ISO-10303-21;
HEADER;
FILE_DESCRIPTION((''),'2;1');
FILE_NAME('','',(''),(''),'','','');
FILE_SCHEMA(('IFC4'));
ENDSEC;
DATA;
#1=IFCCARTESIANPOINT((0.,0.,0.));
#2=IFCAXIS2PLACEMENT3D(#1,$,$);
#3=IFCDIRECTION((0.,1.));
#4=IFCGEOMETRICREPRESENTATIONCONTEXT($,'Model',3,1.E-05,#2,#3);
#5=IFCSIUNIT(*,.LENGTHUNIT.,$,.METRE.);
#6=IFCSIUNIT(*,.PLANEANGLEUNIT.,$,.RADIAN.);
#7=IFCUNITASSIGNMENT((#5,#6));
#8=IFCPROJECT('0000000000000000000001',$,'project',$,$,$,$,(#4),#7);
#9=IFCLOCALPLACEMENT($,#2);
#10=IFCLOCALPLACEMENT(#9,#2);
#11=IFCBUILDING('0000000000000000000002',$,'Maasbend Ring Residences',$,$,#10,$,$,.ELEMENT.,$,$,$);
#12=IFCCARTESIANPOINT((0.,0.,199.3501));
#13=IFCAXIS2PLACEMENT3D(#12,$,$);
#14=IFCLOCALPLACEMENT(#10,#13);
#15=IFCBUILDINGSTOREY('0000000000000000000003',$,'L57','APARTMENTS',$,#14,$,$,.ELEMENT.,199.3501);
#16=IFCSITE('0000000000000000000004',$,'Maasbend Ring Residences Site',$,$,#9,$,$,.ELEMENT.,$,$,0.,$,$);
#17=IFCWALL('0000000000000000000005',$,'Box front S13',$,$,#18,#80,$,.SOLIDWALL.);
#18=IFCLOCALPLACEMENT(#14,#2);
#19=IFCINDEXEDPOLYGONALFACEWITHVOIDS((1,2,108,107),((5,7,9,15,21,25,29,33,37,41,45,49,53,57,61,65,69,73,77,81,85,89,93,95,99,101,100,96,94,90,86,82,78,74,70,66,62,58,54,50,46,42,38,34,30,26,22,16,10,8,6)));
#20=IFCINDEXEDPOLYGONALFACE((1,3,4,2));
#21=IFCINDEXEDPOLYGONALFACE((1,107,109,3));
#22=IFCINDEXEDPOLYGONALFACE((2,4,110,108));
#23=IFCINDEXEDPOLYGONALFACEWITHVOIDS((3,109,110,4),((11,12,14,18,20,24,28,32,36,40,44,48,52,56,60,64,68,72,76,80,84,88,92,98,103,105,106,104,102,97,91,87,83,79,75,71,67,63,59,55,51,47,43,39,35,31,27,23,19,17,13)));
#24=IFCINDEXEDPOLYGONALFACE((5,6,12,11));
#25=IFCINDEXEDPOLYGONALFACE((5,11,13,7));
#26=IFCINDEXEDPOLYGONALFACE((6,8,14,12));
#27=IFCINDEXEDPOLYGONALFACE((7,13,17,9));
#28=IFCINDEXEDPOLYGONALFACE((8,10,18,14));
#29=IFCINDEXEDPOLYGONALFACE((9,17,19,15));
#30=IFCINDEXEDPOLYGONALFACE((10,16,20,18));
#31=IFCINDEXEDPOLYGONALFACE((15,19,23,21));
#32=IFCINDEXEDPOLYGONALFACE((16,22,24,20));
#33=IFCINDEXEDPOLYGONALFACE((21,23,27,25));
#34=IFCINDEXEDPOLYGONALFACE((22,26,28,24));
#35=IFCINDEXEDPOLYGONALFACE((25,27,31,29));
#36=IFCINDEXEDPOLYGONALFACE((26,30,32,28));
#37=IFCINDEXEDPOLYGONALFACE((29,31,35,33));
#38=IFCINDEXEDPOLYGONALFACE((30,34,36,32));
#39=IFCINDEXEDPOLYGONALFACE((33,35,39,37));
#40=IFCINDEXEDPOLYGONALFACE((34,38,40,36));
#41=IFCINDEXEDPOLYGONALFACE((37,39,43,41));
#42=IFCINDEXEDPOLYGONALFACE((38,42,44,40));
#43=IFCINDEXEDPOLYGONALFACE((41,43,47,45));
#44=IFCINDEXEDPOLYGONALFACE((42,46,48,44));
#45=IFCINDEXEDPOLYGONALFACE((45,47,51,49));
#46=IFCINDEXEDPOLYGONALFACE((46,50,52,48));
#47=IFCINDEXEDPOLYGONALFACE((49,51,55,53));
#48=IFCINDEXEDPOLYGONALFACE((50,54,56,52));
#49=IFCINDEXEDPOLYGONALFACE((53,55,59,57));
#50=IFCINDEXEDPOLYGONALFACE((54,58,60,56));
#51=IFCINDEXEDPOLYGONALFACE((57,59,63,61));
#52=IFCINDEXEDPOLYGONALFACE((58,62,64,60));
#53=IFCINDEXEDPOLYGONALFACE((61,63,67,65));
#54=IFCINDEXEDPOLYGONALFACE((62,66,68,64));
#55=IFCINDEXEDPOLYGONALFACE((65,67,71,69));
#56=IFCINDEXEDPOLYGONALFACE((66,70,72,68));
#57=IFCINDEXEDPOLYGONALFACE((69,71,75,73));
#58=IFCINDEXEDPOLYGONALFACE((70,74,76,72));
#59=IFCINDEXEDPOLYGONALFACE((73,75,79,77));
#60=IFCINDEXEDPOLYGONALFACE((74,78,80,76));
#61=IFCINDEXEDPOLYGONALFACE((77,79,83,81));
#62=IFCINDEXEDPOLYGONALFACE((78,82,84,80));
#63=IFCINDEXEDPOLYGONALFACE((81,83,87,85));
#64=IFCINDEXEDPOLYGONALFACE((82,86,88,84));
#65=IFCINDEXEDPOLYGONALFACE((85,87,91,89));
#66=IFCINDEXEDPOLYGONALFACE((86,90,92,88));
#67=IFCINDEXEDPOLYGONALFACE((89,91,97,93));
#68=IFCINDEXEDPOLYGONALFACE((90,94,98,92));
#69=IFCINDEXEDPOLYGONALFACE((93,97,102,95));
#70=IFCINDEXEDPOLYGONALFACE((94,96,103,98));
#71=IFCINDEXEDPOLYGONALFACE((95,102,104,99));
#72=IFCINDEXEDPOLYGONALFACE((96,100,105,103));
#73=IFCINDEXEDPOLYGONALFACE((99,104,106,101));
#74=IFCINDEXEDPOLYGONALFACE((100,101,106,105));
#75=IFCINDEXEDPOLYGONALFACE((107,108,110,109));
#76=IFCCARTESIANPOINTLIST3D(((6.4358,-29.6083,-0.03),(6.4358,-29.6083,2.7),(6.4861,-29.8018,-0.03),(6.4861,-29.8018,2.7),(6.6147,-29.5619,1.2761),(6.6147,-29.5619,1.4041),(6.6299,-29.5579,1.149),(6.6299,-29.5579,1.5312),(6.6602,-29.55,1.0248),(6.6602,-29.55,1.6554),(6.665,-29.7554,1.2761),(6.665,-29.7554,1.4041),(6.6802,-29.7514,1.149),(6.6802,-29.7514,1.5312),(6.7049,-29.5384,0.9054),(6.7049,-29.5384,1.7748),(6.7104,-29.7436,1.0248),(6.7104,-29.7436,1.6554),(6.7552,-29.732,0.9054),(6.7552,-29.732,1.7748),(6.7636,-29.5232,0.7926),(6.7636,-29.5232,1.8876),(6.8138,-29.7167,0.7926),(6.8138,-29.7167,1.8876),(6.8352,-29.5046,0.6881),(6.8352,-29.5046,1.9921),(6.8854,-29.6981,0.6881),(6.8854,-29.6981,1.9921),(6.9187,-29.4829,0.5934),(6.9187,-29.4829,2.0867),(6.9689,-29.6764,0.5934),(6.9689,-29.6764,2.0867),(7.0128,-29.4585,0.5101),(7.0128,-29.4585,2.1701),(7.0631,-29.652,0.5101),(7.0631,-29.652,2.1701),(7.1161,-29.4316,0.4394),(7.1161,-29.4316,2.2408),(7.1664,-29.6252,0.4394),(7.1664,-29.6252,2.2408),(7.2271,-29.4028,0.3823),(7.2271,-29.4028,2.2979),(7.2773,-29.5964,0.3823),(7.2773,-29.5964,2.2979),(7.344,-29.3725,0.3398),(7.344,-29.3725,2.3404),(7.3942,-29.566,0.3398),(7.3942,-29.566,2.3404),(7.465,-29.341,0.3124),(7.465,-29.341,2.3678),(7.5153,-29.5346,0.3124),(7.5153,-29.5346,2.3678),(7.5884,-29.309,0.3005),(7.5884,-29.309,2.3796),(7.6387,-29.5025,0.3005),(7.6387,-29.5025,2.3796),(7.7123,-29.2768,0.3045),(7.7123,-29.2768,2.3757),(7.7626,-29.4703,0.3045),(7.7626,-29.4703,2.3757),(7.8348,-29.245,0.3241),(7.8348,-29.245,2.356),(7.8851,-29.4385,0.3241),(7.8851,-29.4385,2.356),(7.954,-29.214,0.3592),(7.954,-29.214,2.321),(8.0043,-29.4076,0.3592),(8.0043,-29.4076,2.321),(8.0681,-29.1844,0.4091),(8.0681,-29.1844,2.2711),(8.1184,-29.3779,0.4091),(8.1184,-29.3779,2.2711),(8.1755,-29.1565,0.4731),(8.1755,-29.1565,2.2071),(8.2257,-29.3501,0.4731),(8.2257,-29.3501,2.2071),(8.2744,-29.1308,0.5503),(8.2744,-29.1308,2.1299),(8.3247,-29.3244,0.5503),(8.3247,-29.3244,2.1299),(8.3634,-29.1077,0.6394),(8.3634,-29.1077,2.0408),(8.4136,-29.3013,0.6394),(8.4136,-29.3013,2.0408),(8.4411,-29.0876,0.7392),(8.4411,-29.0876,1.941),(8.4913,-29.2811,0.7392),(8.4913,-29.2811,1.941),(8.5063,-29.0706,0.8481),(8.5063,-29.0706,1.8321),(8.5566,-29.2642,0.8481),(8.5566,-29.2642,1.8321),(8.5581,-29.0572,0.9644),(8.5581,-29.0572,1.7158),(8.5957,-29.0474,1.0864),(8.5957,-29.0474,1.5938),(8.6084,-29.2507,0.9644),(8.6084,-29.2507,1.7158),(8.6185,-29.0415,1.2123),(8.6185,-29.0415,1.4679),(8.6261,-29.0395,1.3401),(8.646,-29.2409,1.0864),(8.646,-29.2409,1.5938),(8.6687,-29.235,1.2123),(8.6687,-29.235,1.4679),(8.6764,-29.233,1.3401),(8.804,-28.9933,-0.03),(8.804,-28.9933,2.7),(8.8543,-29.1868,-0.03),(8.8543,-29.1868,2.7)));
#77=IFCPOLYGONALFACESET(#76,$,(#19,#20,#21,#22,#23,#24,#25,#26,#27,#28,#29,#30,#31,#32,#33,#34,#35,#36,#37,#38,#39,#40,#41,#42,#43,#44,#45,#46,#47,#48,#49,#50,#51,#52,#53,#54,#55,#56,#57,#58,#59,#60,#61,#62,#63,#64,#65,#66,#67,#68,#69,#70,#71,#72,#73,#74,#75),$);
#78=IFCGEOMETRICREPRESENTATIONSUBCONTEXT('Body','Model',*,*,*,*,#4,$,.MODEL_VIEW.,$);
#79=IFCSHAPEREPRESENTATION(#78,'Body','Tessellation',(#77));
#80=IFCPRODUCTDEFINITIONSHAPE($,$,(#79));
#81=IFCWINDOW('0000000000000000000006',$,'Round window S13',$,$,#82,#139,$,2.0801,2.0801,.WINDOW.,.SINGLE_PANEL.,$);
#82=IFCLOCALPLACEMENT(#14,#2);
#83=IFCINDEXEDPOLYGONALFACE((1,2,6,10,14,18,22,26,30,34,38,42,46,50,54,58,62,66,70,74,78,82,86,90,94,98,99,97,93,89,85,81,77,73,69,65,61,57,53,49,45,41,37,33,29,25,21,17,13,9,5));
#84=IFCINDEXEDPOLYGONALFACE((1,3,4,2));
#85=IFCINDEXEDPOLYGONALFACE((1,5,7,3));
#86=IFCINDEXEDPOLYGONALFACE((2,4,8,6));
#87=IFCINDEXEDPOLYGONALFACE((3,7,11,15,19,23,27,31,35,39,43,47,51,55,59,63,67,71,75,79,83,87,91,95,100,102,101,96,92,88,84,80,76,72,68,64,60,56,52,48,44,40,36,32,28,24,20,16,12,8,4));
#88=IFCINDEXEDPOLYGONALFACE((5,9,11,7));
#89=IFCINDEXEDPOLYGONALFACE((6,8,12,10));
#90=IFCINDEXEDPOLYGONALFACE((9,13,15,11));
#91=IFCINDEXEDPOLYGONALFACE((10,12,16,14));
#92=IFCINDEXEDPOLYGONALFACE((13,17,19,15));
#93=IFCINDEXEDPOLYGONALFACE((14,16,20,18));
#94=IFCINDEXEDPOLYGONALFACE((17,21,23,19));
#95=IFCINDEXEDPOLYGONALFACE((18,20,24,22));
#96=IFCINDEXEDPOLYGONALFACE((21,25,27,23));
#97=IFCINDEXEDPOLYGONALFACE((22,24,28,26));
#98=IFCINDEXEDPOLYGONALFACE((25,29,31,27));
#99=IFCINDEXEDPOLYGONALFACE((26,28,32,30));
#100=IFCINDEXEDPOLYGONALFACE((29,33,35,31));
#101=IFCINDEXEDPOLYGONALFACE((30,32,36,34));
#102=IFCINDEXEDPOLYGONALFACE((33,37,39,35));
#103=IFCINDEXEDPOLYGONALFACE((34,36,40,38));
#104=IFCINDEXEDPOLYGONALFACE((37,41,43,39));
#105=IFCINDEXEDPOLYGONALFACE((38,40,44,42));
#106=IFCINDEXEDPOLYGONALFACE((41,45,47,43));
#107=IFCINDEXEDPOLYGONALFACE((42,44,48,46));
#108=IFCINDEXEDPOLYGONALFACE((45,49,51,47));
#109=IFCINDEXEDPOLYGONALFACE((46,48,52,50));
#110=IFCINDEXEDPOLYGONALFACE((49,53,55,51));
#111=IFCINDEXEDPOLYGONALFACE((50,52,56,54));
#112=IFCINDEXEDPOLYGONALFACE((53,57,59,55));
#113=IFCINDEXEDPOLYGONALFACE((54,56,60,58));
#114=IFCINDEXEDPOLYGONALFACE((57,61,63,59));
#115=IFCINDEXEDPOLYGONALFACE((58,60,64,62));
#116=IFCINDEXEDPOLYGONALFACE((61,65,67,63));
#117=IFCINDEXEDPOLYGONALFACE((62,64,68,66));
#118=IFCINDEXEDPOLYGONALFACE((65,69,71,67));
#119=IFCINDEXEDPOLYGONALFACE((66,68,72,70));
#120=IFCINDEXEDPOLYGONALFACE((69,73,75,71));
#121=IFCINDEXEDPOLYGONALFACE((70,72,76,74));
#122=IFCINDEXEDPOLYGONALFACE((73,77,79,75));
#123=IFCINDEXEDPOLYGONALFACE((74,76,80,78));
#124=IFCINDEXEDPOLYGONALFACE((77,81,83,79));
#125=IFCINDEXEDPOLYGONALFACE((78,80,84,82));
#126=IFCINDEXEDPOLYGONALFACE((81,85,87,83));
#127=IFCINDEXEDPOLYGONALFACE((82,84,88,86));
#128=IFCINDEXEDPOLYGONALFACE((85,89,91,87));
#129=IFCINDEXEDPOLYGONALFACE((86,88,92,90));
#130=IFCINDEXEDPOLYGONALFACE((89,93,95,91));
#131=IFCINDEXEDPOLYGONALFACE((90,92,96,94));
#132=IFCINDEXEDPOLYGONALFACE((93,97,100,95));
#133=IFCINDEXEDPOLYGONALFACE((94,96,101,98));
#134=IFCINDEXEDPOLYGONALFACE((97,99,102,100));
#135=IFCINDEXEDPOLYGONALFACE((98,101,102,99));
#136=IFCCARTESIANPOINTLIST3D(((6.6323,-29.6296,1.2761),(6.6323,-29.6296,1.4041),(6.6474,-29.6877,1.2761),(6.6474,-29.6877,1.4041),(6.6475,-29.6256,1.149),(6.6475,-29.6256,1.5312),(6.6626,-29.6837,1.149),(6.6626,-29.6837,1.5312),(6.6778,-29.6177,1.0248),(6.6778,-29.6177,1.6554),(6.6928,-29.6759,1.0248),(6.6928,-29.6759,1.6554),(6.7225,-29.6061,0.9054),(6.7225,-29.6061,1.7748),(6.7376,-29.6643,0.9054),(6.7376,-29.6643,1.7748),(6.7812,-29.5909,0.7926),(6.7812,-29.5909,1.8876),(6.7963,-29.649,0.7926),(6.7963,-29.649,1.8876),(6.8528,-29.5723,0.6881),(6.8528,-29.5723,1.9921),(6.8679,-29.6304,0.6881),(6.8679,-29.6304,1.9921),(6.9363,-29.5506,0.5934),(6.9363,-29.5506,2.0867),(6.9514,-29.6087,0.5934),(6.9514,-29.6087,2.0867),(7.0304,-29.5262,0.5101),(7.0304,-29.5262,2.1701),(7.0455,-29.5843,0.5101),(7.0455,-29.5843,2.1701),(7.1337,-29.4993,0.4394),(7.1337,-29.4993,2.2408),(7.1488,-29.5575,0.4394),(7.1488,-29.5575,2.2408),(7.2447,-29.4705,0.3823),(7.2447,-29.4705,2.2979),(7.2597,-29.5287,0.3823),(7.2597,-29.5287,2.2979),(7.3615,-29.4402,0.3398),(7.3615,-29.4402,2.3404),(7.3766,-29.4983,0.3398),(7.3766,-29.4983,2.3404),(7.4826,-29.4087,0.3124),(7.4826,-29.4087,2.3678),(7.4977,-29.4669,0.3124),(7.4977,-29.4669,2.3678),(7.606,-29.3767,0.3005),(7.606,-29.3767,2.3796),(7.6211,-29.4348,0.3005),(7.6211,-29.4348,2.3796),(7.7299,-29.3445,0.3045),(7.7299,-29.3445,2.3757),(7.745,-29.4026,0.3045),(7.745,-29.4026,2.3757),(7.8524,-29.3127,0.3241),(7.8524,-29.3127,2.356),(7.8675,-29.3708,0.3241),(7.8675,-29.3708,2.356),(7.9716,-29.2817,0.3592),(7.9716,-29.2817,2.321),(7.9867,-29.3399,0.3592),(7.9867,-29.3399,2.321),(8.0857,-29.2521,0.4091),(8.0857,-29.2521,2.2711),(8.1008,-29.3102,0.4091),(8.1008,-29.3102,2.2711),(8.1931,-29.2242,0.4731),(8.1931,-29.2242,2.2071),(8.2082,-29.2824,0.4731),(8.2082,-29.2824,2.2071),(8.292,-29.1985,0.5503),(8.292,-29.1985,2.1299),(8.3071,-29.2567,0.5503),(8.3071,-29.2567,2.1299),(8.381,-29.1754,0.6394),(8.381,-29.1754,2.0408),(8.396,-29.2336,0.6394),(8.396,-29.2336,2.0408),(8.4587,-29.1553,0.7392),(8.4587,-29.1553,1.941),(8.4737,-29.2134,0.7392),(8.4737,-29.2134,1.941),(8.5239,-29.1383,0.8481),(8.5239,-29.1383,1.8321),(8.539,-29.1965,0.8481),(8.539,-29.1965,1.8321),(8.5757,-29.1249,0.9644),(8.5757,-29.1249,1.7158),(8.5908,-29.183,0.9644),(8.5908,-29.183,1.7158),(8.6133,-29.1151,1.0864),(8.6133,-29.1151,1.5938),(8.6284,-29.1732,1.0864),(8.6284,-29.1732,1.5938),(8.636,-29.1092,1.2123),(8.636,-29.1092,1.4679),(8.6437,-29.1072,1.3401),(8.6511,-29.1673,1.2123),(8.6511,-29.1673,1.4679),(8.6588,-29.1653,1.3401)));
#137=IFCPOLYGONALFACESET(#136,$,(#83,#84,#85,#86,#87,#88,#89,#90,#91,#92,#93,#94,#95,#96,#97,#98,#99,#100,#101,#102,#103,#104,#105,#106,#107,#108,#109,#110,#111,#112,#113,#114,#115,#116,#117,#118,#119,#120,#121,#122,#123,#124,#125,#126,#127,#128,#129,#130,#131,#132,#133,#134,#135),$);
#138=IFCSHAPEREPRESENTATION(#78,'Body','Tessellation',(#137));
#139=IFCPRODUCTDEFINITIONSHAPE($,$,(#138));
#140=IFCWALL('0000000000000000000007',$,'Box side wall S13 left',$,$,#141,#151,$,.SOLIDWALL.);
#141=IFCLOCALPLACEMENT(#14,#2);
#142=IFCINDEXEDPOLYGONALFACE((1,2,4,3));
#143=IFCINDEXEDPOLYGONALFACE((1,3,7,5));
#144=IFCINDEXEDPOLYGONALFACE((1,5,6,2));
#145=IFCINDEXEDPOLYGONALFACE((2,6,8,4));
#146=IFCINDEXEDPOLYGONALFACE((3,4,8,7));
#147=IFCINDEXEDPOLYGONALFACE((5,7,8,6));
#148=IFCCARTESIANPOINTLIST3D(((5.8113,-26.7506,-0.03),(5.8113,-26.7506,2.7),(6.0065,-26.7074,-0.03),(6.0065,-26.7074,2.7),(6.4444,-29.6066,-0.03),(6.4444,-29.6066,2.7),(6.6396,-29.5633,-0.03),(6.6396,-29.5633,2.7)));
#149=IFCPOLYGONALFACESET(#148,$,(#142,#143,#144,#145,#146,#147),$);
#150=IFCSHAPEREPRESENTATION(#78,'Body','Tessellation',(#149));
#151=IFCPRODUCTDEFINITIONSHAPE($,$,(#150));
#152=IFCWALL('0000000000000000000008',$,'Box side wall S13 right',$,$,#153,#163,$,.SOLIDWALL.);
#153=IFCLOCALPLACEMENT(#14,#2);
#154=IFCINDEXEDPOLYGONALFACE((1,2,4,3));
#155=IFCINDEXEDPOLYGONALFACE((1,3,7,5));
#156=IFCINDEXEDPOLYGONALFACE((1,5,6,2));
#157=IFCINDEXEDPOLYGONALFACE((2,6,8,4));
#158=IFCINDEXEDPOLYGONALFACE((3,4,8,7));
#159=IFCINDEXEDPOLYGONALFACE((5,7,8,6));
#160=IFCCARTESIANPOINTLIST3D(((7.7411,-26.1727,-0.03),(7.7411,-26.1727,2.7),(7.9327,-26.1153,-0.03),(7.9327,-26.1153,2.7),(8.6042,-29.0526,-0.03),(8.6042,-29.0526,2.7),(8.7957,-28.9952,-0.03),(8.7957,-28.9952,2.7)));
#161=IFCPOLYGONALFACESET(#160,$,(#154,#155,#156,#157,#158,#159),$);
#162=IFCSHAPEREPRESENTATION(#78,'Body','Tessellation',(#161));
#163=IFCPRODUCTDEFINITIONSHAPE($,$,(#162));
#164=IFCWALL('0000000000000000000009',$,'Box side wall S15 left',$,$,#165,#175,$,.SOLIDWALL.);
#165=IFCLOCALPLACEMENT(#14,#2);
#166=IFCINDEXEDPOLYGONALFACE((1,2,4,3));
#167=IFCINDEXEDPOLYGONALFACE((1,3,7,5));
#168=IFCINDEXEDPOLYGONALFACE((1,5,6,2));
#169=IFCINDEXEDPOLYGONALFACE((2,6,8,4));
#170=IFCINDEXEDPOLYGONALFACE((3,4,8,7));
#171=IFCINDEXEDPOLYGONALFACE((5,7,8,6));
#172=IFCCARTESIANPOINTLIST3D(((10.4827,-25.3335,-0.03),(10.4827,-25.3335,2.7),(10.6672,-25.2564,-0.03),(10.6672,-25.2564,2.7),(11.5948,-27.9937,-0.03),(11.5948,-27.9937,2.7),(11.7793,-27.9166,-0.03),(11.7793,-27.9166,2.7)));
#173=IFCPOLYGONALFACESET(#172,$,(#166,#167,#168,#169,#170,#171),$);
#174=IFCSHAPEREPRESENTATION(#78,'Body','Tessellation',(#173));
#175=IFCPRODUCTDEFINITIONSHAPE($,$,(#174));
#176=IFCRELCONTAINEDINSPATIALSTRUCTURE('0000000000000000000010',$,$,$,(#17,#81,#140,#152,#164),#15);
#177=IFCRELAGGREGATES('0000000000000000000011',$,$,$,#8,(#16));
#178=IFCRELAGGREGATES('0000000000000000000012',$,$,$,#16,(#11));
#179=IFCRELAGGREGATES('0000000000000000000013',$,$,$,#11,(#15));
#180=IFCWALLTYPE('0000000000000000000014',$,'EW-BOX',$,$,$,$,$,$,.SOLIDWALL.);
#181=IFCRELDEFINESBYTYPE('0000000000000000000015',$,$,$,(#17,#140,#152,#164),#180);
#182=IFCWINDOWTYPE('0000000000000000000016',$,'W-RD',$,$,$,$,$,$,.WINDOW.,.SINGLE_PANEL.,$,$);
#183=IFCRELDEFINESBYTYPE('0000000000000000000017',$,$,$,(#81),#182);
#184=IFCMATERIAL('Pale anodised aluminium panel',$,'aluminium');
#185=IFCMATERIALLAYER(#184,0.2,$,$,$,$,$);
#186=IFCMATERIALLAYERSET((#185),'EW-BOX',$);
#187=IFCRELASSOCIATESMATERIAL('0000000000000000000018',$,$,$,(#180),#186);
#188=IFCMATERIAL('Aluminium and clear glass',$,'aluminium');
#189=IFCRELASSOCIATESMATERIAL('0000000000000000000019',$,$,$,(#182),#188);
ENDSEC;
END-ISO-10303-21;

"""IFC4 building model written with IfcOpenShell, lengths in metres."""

from ifc_helpers import new_model, si_unit, direction, frame, frame_2d, origin, place, context, subcontext, project, spatial, rectangle, circle, extrude, material, layer, layer_set, type_object, element, fill, save


model = new_model("IFC4")

# Units and contexts
model_context = context("Model", 3, precision=1e-05, world=origin(), true_north=direction((0.0, 1.0)))
body_context = subcontext(model_context, "Body", "Model", "MODEL_VIEW")
ifc_project = project(units=[si_unit("LENGTHUNIT", "METRE"), si_unit("PLANEANGLEUNIT", "RADIAN")], contexts=[model_context])

# Site, building, storey
site_placement = place(None, origin())
site = spatial("IfcSite", under=ifc_project, at=site_placement, Name="Maasbend Ring Residences Site", CompositionType="ELEMENT", RefElevation=0.0)
building_placement = place(site_placement, origin())
building = spatial("IfcBuilding", under=site, at=building_placement, Name="Maasbend Ring Residences", CompositionType="ELEMENT")
storey_placement = place(building_placement, frame((0.0, 0.0, 199.3501)))
storey = spatial("IfcBuildingStorey", under=building, at=storey_placement, Name="L57", Description="APARTMENTS", CompositionType="ELEMENT", Elevation=199.3501)

# Shared definitions
ifc_material_1 = material(Name="Pale anodised aluminium panel", Category="aluminium")
ifc_layer_1 = layer(ifc_material_1, 0.2)
ifc_layer_set_1 = layer_set([ifc_layer_1], Name="EW-BOX")
wall_type_1 = type_object("IfcWallType", Name="EW-BOX", PredefinedType="SOLIDWALL", material=ifc_layer_set_1)

# Wall, opening, window
wall_1_placement = place(storey_placement, frame((6.4609, -29.7051, -0.03), z_axis=(0.0, 0.0, 1.0), x_axis=(0.967895, 0.251353, 0.0)))
wall_1 = element("IfcWall", 1, at=wall_1_placement, inside=storey, type_object=wall_type_1, Name="Box front S13", PredefinedType="SOLIDWALL", context=body_context, shape_type="SweptSolid", body=[
    extrude(rectangle(XDim=2.4468, YDim=0.2, at=frame_2d((1.2234, 0.0))), origin(), (0.0, 0.0, 1.0), 2.73),
])
opening_1_placement = place(wall_1_placement, frame((0.1829, 0.0, 0.3301)))
opening_1 = element("IfcOpeningElement", 2, at=opening_1_placement, cuts=wall_1, PredefinedType="OPENING", context=body_context, shape_type="SweptSolid", body=[
    extrude(circle(Radius=1.04, at=frame_2d((1.04, 1.04))), frame((0.0, 0.1099, 0.0), z_axis=(0.0, -1.0, 0.0), x_axis=(1.0, 0.0, 0.0)), (0.0, 0.0, 1.0), 0.22),
])
ifc_material_2 = material(Name="Aluminium and clear glass", Category="aluminium")
window_type_1 = type_object("IfcWindowType", Name="W-RD", PartitioningType="SINGLE_PANEL", PredefinedType="WINDOW", material=ifc_material_2)
window_1_placement = place(opening_1_placement, origin())
window_1 = element("IfcWindow", 3, at=window_1_placement, inside=storey, type_object=window_type_1, Name="Round window S13", OverallHeight=2.0801, OverallWidth=2.0801, PartitioningType="SINGLE_PANEL", PredefinedType="WINDOW", context=body_context, shape_type="SweptSolid", body=[
    extrude(circle(Radius=1.04, at=frame_2d((1.04, 1.04))), frame((0.0, 0.03, 0.0), z_axis=(0.0, -1.0, 0.0), x_axis=(1.0, 0.0, 0.0)), (0.0, 0.0, 1.0), 0.0601),
])
fill(opening_1, window_1)

# Walls
wall_2_placement = place(storey_placement, frame((5.9089, -26.729, -0.03), z_axis=(0.0, 0.0, 1.0), x_axis=(0.216409, -0.976303, 0.0)))
element("IfcWall", 4, at=wall_2_placement, inside=storey, type_object=wall_type_1, Name="Box side wall S13 left", PredefinedType="SOLIDWALL", context=body_context, shape_type="SweptSolid", body=[
    extrude(rectangle(XDim=2.9253, YDim=0.2, at=frame_2d((1.4626, 0.0))), origin(), (0.0, 0.0, 1.0), 2.73),
])
wall_3_placement = place(storey_placement, frame((7.8369, -26.144, -0.03), z_axis=(0.0, 0.0, 1.0), x_axis=(0.287065, -0.957911, 0.0)))
element("IfcWall", 5, at=wall_3_placement, inside=storey, type_object=wall_type_1, Name="Box side wall S13 right", PredefinedType="SOLIDWALL", context=body_context, shape_type="SweptSolid", body=[
    extrude(rectangle(XDim=3.0063, YDim=0.2, at=frame_2d((1.5032, 0.0))), origin(), (0.0, 0.0, 1.0), 2.73),
])
wall_4_placement = place(storey_placement, frame((10.575, -25.2949, -0.03), z_axis=(0.0, 0.0, 1.0), x_axis=(0.385697, -0.922625, 0.0)))
element("IfcWall", 6, at=wall_4_placement, inside=storey, type_object=wall_type_1, Name="Box side wall S15 left", PredefinedType="SOLIDWALL", context=body_context, shape_type="SweptSolid", body=[
    extrude(rectangle(XDim=2.8833, YDim=0.2, at=frame_2d((1.4417, 0.0))), origin(), (0.0, 0.0, 1.0), 2.73),
])

save(model, "model.ifc")
